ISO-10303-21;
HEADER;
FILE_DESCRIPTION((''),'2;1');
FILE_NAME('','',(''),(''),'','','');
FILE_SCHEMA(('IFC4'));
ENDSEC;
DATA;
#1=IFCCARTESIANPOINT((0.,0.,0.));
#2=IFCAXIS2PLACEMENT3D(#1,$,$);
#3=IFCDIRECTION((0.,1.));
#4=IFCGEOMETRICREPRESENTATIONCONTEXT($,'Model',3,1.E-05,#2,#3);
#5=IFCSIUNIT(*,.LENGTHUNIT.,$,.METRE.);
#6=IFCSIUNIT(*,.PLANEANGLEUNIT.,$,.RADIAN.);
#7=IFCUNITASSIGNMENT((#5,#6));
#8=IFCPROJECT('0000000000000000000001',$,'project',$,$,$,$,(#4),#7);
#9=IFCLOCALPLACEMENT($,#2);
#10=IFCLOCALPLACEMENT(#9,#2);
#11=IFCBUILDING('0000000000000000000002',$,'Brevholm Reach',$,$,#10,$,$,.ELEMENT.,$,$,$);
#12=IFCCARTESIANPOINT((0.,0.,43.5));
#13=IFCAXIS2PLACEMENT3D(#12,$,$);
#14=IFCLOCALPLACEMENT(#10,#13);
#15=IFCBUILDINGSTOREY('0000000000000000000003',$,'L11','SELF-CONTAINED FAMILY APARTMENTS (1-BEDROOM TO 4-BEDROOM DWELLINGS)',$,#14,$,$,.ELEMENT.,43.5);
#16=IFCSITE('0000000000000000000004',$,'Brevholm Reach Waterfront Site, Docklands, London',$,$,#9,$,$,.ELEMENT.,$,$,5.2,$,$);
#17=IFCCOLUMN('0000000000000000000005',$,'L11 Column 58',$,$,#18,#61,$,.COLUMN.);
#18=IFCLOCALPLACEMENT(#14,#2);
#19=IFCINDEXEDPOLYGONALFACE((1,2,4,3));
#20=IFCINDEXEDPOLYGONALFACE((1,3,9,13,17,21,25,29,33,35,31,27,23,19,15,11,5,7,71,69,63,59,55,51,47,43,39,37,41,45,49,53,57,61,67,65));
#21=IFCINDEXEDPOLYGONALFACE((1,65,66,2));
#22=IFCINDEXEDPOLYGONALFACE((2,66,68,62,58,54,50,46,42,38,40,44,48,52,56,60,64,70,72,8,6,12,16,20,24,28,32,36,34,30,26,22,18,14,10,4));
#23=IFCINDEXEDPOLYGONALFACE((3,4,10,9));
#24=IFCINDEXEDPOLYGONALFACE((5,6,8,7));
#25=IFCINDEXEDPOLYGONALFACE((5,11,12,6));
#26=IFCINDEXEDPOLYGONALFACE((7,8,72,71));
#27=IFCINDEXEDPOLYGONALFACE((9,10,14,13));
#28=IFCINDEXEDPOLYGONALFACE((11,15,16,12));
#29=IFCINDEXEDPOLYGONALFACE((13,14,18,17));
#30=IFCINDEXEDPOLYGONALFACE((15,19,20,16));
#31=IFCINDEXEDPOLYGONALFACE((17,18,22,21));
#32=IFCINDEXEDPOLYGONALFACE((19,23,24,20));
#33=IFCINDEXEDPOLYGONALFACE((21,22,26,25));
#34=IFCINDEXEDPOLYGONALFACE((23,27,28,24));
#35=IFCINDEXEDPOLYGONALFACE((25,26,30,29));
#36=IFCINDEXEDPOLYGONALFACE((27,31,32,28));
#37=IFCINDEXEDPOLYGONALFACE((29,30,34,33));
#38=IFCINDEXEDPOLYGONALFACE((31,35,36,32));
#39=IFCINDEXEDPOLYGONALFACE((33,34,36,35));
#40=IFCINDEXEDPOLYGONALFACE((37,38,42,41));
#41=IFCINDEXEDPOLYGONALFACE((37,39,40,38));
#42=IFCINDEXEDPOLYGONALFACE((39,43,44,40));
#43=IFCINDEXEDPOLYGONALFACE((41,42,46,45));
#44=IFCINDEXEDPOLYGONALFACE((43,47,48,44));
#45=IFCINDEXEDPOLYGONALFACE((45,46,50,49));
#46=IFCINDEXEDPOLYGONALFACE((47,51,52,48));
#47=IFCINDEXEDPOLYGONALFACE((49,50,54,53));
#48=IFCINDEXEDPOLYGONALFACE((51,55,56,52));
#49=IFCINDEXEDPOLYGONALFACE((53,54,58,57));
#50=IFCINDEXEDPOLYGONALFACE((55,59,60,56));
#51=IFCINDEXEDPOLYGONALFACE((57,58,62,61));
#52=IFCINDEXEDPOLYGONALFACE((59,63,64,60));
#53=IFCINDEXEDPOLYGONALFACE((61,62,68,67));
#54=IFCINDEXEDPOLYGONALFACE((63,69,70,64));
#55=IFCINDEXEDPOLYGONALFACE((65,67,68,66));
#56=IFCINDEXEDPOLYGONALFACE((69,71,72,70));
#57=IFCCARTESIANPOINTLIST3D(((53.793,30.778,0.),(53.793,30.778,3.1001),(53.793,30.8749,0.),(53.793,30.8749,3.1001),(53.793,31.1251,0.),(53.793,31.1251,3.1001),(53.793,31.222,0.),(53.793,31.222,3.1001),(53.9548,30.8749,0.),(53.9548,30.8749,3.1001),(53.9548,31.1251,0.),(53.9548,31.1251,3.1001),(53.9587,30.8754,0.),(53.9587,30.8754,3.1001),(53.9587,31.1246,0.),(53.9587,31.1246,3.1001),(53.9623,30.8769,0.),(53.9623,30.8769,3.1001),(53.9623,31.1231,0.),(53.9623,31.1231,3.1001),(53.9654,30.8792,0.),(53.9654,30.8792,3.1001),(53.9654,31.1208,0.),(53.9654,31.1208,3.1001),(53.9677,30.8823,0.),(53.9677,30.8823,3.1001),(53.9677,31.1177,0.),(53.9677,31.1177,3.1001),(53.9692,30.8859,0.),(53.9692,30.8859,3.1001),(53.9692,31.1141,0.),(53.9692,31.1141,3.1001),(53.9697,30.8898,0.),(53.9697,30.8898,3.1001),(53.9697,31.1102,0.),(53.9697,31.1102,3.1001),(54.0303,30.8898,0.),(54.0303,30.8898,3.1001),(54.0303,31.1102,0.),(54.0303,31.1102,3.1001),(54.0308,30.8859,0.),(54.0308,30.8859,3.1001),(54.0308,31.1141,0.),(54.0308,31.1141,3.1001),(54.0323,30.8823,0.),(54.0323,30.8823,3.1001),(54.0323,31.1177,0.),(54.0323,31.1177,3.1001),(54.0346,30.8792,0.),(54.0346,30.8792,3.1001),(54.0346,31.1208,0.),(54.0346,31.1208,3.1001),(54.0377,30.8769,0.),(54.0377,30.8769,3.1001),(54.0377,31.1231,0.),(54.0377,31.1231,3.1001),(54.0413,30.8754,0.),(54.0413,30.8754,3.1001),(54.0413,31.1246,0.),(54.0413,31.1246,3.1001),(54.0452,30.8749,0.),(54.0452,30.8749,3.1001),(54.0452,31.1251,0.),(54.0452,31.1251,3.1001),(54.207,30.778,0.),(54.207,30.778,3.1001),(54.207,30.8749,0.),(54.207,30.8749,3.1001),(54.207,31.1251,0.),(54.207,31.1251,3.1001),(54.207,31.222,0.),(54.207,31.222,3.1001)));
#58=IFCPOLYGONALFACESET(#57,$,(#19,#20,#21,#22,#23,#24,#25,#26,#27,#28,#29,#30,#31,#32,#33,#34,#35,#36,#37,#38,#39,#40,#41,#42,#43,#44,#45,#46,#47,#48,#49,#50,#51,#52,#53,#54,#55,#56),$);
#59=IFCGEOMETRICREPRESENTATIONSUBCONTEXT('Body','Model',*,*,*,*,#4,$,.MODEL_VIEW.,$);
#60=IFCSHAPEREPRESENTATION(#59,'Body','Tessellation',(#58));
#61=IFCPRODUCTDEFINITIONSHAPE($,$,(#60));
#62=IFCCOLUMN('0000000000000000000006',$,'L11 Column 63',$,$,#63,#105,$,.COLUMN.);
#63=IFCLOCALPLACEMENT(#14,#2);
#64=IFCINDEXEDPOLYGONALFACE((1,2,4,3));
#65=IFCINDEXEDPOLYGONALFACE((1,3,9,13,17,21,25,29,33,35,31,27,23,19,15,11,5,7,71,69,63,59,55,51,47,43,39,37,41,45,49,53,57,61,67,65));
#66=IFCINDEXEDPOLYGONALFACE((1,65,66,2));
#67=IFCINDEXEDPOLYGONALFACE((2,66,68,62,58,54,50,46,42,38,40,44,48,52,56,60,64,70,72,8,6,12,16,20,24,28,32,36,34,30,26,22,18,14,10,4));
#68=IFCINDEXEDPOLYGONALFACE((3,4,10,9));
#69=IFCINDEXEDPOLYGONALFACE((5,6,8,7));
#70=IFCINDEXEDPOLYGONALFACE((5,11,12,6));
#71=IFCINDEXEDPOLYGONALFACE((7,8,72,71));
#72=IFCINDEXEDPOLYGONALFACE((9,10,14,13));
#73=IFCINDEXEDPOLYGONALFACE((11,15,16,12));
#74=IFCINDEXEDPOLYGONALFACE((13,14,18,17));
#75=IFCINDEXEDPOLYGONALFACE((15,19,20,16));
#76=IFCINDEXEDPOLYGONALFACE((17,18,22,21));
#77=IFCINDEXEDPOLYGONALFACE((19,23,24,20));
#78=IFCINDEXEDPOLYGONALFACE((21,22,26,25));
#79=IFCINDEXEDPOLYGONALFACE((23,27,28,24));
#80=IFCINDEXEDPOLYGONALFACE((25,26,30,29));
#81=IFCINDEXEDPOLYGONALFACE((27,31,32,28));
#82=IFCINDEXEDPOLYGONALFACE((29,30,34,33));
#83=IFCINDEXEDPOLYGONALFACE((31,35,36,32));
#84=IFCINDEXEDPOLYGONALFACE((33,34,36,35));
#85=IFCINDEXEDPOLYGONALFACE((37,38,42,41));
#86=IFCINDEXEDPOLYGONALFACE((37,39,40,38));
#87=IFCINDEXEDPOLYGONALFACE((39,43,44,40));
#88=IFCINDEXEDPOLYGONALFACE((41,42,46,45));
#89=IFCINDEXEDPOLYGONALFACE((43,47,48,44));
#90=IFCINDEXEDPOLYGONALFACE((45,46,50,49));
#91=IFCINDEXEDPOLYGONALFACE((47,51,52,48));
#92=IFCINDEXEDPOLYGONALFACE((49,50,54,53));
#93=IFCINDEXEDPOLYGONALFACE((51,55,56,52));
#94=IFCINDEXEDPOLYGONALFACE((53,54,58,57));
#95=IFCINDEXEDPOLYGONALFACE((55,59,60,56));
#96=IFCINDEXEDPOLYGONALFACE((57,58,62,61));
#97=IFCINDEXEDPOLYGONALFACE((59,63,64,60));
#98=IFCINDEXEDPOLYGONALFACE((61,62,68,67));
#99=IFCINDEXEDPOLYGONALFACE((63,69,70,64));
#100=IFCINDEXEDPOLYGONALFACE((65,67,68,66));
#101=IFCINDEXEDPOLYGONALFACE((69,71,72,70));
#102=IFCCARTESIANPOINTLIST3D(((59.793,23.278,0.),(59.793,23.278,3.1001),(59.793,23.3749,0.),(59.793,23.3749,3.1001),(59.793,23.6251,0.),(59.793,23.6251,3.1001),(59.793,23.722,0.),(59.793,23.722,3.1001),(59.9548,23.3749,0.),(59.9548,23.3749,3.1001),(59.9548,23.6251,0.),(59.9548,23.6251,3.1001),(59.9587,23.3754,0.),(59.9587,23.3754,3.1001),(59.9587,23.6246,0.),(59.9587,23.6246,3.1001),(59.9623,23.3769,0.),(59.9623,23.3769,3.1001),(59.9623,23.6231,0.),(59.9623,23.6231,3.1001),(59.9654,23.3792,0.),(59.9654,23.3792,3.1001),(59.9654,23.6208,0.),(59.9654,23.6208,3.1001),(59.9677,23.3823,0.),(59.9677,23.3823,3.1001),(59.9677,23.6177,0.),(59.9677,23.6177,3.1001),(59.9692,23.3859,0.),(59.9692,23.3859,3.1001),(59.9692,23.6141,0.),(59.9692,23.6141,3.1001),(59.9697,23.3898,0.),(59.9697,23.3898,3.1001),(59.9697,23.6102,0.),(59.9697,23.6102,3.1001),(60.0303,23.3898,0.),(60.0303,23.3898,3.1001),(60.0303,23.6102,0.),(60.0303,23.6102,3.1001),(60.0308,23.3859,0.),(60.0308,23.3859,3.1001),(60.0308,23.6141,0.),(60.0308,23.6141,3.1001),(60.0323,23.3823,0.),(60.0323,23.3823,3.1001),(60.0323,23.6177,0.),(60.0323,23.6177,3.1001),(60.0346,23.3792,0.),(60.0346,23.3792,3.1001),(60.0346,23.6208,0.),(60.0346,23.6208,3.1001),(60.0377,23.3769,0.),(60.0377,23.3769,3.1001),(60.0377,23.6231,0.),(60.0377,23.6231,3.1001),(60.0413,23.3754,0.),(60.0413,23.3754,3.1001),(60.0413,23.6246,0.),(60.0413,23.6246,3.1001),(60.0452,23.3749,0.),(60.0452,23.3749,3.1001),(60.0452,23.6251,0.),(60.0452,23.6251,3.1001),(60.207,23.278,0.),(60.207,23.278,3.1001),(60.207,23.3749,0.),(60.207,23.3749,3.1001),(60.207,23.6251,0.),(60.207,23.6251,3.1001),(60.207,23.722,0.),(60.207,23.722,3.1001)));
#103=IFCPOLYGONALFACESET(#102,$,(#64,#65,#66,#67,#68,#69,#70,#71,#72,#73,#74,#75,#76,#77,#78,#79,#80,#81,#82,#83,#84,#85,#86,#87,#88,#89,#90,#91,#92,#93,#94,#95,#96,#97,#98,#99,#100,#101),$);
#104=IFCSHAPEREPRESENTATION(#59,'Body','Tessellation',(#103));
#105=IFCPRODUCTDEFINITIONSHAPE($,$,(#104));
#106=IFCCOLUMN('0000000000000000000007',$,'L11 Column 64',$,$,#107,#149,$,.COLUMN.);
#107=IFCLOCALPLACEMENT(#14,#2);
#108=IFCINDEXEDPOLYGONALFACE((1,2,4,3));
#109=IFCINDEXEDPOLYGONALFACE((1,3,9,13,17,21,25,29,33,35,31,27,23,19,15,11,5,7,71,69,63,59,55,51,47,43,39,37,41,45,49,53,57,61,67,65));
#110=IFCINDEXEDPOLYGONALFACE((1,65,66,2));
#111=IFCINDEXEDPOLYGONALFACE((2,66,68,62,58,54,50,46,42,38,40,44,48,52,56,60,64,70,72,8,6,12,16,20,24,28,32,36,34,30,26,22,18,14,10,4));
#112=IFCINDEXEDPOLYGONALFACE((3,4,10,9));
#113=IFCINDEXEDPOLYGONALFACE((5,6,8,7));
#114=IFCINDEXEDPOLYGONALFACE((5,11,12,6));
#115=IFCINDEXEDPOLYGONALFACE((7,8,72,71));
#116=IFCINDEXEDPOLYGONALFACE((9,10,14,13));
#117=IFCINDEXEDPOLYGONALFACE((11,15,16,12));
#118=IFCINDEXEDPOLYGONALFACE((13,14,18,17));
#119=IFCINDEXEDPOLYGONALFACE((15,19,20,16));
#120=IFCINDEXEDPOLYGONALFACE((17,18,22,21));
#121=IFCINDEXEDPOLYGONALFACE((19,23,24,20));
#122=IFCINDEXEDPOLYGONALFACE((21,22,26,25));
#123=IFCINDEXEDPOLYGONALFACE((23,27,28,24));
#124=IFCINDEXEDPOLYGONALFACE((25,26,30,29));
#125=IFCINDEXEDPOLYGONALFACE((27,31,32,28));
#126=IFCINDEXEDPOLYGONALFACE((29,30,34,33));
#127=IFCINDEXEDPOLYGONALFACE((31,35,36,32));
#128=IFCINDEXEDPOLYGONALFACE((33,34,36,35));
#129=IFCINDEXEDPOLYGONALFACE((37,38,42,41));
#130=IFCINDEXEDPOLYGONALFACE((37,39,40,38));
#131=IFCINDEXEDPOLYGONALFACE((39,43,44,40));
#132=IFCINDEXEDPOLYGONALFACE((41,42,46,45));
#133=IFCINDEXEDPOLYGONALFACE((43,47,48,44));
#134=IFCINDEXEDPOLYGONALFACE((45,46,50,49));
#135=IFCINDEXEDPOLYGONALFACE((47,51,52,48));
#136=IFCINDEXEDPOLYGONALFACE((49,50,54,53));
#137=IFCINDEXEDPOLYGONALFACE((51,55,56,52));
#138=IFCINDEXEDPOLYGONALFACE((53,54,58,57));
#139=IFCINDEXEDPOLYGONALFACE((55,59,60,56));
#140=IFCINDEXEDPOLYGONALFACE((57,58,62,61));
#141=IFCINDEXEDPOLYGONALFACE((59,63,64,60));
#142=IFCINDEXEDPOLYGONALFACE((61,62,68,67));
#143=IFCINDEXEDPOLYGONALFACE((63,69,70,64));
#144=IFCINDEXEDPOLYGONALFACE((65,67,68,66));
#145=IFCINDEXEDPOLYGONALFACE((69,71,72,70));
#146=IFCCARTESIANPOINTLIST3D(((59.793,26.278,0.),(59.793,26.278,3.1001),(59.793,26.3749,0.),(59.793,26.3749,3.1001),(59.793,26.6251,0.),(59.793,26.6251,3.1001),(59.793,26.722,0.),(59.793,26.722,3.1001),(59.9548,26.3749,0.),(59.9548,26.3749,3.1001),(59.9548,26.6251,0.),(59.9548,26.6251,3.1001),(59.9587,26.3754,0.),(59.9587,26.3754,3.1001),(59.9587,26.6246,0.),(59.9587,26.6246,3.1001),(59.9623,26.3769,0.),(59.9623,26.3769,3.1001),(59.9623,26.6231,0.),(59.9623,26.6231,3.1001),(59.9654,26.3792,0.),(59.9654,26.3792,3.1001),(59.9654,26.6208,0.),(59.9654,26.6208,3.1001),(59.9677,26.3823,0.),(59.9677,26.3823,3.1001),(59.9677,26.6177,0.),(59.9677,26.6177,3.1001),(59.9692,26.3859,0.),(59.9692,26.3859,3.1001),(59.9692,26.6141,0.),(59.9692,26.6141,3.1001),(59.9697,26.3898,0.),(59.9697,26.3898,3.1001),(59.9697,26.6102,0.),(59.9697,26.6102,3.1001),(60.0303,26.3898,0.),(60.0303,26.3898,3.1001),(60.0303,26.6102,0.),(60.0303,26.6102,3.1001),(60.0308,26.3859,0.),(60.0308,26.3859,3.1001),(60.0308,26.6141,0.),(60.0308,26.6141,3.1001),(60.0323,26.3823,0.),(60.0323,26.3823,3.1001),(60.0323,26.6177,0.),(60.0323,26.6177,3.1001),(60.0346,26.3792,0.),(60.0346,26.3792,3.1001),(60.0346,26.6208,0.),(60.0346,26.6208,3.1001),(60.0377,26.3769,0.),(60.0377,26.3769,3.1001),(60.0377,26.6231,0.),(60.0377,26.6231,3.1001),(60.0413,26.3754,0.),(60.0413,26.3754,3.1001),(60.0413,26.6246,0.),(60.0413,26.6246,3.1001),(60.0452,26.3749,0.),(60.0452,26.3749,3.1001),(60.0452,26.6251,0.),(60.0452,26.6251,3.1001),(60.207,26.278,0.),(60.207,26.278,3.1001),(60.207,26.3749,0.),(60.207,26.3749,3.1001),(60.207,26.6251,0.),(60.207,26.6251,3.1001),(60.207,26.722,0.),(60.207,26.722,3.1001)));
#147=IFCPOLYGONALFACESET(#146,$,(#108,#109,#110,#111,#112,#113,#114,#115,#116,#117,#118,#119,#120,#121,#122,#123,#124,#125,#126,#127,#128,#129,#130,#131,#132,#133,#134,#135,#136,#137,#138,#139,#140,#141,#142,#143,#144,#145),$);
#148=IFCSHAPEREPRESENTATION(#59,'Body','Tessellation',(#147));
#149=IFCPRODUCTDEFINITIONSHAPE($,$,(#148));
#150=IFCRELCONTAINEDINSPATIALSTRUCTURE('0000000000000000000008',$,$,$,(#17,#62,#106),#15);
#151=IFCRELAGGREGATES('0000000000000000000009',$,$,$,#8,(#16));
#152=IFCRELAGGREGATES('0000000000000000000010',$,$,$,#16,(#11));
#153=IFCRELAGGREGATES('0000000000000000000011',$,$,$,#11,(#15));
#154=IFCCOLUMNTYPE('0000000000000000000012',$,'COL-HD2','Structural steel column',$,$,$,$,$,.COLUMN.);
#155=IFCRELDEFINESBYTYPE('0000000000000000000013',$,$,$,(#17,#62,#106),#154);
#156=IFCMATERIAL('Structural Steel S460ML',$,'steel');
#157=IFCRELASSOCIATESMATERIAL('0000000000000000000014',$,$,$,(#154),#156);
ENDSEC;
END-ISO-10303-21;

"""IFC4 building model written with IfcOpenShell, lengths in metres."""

from ifc_helpers import new_model, si_unit, direction, frame, origin, origin_2d, place, context, subcontext, project, spatial, i_section, extrude, material, material_profile, profile_set, type_object, element, save


model = new_model("IFC4")

# Units and contexts
model_context = context("Model", 3, precision=1e-05, world=origin(), true_north=direction((0.0, 1.0)))
body_context = subcontext(model_context, "Body", "Model", "MODEL_VIEW")
ifc_project = project(units=[si_unit("LENGTHUNIT", "METRE"), si_unit("PLANEANGLEUNIT", "RADIAN")], contexts=[model_context])

# Site, building, storey
site_placement = place(None, origin())
site = spatial("IfcSite", under=ifc_project, at=site_placement, Name="Brevholm Reach Waterfront Site, Docklands, London", CompositionType="ELEMENT", RefElevation=5.2)
building_placement = place(site_placement, origin())
building = spatial("IfcBuilding", under=site, at=building_placement, Name="Brevholm Reach", CompositionType="ELEMENT")
storey_placement = place(building_placement, frame((0.0, 0.0, 43.5)))
storey = spatial("IfcBuildingStorey", under=building, at=storey_placement, Name="L11", Description="SELF-CONTAINED FAMILY APARTMENTS (1-BEDROOM TO 4-BEDROOM DWELLINGS)", CompositionType="ELEMENT", Elevation=43.5)

# Columns
ifc_material_1 = material(Name="Structural Steel S460ML", Category="steel")
ifc_material_profile_1 = material_profile(ifc_material_1, i_section(OverallWidth=0.4141, OverallDepth=0.4441, WebThickness=0.0605, FlangeThickness=0.0969, FilletRadius=0.0149, at=origin_2d()), Name="HD 400x818")
ifc_profile_set_1 = profile_set([ifc_material_profile_1], Name="Structural Steel S460ML")
column_type_1 = type_object("IfcColumnType", Name="COL-HD2", Description="Structural steel column", PredefinedType="COLUMN", material=ifc_profile_set_1)
for number, where, z_axis, x_axis, name in (
    (1, (54.0, 31.0, 0.0), (0.0, 0.0, 1.0), (1.0, 0.0, 0.0), "L11 Column 58"),
    (2, (60.0, 23.5, 0.0), (0.0, 0.0, 1.0), (1.0, 0.0, 0.0), "L11 Column 63"),
    (3, (60.0, 26.5, 0.0), (0.0, 0.0, 1.0), (1.0, 0.0, 0.0), "L11 Column 64"),
):
    element("IfcColumn", number, at=place(storey_placement, frame(where, z_axis=z_axis, x_axis=x_axis)), inside=storey, type_object=column_type_1, Name=name, PredefinedType="COLUMN", context=body_context, shape_type="SweptSolid", body=[
        extrude(i_section(OverallWidth=0.4141, OverallDepth=0.4441, WebThickness=0.0605, FlangeThickness=0.0969, FilletRadius=0.0149, at=origin_2d()), origin(), (0.0, 0.0, 1.0), 3.1001),
    ])

save(model, "model.ifc")
